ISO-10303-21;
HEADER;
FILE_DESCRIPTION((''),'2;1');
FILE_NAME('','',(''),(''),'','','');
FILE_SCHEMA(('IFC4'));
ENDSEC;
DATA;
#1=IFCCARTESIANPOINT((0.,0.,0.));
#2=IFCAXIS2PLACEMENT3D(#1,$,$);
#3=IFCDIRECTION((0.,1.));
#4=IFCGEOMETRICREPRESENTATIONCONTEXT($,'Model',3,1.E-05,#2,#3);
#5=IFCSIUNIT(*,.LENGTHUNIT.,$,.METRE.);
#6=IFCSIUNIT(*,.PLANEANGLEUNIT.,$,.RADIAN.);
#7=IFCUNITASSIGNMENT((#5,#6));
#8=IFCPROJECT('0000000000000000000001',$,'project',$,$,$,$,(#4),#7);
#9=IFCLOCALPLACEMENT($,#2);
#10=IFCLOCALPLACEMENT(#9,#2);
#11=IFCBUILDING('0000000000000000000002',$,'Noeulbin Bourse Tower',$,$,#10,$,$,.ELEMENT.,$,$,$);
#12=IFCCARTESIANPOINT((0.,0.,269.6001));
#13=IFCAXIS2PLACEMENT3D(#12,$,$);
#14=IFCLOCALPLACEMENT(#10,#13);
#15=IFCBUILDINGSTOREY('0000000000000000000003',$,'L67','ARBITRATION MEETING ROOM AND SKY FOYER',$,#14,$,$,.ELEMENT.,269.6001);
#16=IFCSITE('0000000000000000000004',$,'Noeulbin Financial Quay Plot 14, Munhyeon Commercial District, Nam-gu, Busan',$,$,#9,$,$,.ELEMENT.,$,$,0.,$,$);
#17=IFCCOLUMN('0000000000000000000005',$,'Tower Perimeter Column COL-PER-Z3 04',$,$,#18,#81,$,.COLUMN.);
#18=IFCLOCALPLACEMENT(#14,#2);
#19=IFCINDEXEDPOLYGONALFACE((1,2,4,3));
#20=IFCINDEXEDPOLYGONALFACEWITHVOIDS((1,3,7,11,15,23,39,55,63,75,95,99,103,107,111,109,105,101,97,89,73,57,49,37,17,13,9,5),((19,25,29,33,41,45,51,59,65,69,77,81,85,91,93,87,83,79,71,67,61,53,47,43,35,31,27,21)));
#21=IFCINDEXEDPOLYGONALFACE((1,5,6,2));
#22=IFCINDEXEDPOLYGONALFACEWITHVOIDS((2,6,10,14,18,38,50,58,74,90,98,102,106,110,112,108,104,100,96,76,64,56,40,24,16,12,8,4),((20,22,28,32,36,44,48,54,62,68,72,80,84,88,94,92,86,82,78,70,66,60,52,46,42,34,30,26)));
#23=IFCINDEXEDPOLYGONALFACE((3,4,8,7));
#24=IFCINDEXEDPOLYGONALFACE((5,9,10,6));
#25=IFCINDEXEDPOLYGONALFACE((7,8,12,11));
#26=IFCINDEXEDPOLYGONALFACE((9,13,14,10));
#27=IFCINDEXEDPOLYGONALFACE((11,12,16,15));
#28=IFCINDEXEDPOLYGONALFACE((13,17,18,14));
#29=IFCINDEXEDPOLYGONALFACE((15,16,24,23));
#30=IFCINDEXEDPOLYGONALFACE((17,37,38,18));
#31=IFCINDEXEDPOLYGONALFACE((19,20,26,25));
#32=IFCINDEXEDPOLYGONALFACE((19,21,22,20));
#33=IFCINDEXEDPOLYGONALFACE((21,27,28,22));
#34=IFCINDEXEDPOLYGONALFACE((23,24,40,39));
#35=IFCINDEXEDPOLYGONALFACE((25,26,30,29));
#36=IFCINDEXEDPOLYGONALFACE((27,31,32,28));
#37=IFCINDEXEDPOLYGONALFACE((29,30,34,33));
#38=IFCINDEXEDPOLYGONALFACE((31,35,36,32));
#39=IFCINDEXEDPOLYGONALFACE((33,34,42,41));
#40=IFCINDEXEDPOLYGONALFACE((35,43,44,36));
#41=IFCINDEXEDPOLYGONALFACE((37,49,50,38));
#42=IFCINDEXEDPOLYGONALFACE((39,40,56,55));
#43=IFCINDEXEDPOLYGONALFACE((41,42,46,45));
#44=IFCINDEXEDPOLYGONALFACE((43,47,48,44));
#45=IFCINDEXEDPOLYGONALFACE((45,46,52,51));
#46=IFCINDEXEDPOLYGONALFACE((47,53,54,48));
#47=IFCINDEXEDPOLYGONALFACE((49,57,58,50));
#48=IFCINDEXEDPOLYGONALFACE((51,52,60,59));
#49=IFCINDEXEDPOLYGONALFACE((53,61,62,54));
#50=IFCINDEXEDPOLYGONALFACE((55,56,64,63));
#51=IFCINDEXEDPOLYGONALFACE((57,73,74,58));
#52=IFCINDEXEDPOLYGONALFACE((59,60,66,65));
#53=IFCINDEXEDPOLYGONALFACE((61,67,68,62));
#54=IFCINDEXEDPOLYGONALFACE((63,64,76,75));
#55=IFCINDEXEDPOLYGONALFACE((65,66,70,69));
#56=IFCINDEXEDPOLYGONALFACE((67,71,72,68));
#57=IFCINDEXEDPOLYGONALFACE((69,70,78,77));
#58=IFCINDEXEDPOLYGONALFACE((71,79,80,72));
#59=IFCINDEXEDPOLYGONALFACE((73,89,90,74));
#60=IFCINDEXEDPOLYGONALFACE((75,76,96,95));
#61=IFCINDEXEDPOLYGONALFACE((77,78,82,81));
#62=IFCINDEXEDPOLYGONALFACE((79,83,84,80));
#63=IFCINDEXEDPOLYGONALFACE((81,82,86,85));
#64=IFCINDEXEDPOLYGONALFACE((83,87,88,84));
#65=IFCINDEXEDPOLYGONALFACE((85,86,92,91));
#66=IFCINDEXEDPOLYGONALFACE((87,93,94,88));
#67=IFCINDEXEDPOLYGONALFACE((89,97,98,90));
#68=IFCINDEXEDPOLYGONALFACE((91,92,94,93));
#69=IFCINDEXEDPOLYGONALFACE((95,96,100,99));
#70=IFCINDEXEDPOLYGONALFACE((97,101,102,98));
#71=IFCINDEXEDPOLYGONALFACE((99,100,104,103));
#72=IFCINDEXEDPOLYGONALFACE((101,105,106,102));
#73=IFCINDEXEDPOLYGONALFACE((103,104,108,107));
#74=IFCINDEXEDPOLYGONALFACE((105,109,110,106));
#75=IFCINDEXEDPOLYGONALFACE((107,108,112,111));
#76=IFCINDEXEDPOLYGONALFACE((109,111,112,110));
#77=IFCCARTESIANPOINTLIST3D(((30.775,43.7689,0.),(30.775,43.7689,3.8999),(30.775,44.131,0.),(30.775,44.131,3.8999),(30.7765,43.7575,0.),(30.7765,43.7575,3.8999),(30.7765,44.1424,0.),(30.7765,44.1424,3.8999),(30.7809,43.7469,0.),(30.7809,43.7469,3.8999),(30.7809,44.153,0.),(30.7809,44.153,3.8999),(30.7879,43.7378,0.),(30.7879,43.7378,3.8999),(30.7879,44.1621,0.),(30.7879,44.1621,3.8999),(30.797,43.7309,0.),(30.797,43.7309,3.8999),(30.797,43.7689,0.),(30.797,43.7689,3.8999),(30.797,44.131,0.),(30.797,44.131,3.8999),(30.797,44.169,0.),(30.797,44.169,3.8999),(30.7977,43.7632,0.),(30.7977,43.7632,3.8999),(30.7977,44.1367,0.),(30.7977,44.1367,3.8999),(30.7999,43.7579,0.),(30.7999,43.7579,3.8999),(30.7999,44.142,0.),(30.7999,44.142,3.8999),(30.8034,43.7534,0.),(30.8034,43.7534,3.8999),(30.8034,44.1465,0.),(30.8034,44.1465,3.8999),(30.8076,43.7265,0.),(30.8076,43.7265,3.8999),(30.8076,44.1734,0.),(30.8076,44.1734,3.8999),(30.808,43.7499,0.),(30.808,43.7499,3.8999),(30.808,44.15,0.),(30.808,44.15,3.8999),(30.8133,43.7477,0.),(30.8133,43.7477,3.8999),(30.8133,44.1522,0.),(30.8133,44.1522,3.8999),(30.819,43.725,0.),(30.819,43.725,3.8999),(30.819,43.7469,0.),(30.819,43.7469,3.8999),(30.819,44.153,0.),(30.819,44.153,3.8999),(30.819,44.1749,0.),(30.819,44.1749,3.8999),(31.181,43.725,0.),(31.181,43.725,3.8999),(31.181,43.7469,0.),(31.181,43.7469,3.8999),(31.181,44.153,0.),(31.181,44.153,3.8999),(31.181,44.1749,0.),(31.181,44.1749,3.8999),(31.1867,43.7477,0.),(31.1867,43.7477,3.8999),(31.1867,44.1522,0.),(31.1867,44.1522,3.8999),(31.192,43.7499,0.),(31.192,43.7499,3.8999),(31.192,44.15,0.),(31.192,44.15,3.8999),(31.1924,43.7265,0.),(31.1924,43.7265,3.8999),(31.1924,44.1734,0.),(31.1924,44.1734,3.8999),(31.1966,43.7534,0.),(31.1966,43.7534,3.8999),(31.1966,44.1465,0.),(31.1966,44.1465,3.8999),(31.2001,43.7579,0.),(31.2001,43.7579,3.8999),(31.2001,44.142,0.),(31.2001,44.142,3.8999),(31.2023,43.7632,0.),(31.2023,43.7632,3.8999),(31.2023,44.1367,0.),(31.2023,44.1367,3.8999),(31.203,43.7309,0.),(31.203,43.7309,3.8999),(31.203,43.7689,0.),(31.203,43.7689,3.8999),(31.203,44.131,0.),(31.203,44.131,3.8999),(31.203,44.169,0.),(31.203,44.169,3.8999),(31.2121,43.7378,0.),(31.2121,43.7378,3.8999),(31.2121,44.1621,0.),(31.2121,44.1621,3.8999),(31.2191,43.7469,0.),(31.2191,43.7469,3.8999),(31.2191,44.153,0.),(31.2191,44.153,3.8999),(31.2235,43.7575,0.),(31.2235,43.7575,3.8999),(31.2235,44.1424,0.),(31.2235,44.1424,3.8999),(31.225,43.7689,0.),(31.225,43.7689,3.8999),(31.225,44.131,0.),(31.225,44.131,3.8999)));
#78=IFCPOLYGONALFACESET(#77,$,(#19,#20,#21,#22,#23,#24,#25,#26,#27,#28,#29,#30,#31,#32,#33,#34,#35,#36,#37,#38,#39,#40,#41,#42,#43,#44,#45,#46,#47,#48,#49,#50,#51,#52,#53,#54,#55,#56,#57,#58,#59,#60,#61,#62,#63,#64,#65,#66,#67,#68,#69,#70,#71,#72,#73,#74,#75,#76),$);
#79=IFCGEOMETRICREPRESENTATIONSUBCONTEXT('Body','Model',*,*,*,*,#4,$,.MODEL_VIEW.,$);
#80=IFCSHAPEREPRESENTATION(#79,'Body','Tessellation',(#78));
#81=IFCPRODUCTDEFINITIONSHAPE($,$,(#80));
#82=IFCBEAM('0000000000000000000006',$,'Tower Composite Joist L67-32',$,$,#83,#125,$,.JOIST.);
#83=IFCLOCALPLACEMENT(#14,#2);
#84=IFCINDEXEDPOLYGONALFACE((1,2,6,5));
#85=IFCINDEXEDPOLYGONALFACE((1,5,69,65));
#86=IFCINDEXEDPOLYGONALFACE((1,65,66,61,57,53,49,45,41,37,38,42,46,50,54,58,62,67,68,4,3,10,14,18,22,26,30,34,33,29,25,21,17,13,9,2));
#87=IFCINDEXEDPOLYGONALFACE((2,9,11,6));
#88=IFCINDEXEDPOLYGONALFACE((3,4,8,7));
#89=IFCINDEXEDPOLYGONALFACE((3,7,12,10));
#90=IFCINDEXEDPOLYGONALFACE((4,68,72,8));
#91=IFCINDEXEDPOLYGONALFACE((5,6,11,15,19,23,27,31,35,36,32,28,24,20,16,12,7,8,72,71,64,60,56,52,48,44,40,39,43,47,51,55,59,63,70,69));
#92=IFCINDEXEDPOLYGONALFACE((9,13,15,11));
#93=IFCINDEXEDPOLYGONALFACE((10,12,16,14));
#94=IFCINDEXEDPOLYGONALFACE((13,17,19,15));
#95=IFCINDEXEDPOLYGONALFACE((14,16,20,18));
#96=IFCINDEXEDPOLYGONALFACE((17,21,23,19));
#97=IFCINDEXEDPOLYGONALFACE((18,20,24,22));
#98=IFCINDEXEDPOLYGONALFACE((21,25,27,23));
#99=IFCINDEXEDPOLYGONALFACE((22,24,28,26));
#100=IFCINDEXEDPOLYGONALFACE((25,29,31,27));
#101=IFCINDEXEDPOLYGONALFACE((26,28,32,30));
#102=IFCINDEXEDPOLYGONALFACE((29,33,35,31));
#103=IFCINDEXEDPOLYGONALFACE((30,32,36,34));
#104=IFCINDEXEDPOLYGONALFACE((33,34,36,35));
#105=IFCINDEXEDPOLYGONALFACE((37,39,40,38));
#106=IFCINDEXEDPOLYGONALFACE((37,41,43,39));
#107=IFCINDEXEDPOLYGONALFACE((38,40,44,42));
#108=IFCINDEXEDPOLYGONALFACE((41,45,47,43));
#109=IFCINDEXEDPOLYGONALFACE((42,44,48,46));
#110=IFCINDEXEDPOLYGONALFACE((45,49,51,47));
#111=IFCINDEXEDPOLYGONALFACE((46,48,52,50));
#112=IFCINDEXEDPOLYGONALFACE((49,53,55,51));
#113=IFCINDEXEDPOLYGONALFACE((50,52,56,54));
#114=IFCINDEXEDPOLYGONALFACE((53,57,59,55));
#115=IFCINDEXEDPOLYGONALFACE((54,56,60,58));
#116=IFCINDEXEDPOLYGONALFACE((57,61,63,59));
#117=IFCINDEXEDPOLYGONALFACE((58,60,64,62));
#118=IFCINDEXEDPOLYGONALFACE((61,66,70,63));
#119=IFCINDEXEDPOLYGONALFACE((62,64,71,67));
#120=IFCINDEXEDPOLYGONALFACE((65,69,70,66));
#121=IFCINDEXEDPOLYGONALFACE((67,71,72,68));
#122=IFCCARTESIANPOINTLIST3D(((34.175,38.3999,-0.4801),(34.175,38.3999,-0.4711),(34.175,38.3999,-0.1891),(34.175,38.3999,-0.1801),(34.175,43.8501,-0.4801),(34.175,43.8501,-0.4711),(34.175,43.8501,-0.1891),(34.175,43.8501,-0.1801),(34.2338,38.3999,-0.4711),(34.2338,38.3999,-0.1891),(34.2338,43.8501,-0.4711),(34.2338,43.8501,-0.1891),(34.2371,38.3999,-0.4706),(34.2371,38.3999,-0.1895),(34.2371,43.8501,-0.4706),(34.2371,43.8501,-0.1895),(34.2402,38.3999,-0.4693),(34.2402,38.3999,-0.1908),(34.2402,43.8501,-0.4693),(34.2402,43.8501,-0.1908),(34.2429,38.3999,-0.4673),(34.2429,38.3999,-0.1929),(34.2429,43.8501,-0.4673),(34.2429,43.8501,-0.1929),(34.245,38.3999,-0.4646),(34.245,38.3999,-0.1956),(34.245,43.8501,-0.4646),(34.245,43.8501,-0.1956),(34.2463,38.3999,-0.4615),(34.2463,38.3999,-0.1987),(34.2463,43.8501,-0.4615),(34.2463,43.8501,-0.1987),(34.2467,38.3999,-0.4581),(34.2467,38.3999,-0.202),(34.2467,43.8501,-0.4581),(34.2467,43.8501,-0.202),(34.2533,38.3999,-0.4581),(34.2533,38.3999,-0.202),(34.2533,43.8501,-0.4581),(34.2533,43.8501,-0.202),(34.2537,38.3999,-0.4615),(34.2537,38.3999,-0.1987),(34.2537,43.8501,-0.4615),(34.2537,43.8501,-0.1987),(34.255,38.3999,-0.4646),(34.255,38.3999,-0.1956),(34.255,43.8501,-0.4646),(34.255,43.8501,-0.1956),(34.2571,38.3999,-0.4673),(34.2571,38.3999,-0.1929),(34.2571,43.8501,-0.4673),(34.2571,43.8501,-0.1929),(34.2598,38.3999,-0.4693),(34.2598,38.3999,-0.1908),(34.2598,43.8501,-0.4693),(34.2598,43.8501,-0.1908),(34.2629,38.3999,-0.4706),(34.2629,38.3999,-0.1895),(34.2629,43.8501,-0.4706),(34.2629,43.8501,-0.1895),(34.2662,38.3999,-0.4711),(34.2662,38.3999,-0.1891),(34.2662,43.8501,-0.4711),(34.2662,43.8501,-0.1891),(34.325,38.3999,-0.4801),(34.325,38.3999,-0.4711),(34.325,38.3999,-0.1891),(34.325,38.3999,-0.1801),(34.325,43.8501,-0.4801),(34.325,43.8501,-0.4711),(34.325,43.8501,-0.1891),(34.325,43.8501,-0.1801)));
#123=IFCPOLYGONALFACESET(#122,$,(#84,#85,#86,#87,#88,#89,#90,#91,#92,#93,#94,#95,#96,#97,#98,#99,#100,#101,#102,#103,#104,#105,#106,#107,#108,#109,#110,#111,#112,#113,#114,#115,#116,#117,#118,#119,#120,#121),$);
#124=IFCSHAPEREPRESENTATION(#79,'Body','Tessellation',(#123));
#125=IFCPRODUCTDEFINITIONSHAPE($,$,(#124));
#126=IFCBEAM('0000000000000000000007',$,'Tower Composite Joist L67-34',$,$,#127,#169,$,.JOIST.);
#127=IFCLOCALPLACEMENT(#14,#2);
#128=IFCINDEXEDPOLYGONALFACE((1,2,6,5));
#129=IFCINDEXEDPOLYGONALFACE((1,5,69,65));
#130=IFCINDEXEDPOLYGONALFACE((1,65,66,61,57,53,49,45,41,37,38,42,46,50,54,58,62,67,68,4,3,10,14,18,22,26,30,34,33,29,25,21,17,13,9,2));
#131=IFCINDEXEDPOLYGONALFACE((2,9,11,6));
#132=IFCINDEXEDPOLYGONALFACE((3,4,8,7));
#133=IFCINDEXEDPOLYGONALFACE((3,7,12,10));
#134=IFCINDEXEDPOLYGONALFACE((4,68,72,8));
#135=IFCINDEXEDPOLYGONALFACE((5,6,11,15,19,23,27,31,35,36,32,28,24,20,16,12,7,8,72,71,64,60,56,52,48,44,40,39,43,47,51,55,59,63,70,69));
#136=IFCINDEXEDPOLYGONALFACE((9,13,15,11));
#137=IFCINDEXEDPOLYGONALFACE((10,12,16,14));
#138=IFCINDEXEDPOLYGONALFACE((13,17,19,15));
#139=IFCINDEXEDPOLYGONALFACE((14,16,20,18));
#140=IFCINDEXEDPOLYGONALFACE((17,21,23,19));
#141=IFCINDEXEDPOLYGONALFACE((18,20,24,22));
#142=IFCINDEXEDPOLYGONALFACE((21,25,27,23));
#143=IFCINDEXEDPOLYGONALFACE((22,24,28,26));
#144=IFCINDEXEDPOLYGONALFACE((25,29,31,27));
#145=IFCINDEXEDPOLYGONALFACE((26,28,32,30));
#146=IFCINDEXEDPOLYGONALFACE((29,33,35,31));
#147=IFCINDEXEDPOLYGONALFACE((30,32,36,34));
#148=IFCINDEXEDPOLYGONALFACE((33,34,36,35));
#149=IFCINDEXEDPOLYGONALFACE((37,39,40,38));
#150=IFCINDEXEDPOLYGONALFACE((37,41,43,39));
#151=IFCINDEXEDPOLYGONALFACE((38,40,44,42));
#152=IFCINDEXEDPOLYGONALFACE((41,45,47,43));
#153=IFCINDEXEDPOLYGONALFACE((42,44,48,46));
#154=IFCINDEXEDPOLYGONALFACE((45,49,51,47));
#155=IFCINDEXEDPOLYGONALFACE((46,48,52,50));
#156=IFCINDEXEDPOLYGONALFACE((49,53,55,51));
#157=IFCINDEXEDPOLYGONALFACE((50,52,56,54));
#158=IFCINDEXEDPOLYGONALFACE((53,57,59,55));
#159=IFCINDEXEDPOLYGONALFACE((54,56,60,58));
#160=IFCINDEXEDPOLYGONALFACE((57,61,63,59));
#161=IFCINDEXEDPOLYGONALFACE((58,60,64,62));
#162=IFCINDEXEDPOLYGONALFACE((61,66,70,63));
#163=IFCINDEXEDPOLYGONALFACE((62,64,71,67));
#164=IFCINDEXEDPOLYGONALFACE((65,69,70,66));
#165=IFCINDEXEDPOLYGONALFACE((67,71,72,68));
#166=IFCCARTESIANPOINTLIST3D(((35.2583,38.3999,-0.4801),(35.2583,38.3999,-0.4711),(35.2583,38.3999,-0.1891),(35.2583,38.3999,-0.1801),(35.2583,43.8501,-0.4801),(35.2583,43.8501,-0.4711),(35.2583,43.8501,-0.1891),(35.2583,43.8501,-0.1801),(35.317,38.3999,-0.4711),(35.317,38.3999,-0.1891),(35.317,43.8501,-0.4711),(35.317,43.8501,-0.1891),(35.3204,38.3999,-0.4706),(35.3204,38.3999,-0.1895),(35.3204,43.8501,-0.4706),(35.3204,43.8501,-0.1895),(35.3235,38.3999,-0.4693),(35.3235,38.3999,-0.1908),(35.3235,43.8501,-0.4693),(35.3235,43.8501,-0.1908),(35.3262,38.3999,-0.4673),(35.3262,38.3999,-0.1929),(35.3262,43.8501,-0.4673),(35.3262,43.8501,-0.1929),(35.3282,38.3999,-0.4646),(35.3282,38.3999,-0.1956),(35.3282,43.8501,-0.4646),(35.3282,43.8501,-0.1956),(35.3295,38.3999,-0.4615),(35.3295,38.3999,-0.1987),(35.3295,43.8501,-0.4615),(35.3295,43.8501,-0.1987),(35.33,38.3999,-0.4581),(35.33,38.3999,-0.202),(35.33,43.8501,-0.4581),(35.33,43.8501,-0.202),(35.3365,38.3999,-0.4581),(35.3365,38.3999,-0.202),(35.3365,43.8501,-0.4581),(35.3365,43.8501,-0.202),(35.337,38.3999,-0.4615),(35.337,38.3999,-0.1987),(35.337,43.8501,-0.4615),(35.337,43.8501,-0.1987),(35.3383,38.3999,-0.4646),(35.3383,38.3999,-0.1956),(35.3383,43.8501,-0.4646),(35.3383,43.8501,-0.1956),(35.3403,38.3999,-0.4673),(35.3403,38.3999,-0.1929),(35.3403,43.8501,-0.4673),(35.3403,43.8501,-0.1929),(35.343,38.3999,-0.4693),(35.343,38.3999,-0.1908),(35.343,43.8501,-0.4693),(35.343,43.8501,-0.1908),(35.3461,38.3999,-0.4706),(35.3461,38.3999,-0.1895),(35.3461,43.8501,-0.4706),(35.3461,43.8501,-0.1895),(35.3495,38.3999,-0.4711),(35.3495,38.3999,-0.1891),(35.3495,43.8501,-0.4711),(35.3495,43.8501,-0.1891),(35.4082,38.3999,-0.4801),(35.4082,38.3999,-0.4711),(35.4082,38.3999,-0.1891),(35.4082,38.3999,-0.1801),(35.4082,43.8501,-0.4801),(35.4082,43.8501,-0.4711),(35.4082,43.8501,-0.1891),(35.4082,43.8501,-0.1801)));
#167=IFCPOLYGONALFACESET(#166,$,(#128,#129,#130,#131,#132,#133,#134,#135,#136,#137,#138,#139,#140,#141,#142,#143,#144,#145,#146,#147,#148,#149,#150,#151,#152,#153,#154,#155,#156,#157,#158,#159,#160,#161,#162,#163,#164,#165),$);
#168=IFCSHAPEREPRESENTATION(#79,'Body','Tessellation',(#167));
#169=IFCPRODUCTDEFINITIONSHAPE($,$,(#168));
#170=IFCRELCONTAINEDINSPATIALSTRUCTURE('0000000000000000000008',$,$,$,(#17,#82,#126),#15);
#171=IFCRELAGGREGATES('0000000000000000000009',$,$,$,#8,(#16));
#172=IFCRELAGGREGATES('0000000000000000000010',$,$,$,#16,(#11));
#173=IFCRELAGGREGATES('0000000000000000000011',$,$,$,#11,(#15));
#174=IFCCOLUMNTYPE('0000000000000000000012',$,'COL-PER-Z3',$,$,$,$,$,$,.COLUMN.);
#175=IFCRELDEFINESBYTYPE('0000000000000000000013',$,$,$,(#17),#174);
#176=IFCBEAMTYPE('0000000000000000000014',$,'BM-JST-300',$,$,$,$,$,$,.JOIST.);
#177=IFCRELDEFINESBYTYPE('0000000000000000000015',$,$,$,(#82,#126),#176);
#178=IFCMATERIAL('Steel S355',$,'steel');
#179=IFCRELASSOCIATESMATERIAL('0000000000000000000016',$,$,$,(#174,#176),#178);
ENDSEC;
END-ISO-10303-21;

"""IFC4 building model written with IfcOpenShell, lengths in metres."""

from ifc_helpers import new_model, si_unit, direction, frame, origin, origin_2d, place, context, subcontext, project, spatial, hollow_rectangle, i_section, extrude, material, material_profile, profile_set, type_object, element, save


model = new_model("IFC4")

# Units and contexts
model_context = context("Model", 3, precision=1e-05, world=origin(), true_north=direction((0.0, 1.0)))
body_context = subcontext(model_context, "Body", "Model", "MODEL_VIEW")
ifc_project = project(units=[si_unit("LENGTHUNIT", "METRE"), si_unit("PLANEANGLEUNIT", "RADIAN")], contexts=[model_context])

# Site, building, storey
site_placement = place(None, origin())
site = spatial("IfcSite", under=ifc_project, at=site_placement, Name="Noeulbin Financial Quay Plot 14, Munhyeon Commercial District, Nam-gu, Busan", CompositionType="ELEMENT", RefElevation=0.0)
building_placement = place(site_placement, origin())
building = spatial("IfcBuilding", under=site, at=building_placement, Name="Noeulbin Bourse Tower", CompositionType="ELEMENT")
storey_placement = place(building_placement, frame((0.0, 0.0, 269.6001)))
storey = spatial("IfcBuildingStorey", under=building, at=storey_placement, Name="L67", Description="ARBITRATION MEETING ROOM AND SKY FOYER", CompositionType="ELEMENT", Elevation=269.6001)

# Column
ifc_material_1 = material(Name="Steel S355", Category="steel")
ifc_material_profile_1 = material_profile(ifc_material_1, hollow_rectangle(XDim=0.45, YDim=0.45, WallThickness=0.022, InnerFilletRadius=0.022, OuterFilletRadius=0.0439, at=origin_2d()), Name="SHS-450x450x22", Category="LoadBearing")
ifc_profile_set_1 = profile_set([ifc_material_profile_1], Name="Steel S355")
column_type = type_object("IfcColumnType", Name="COL-PER-Z3", PredefinedType="COLUMN", material=ifc_profile_set_1)
column_placement = place(storey_placement, frame((31.0, 43.95, 0.0), z_axis=(0.0, 0.0, 1.0), x_axis=(1.0, 0.0, 0.0)))
element("IfcColumn", 1, at=column_placement, inside=storey, type_object=column_type, Name="Tower Perimeter Column COL-PER-Z3 04", PredefinedType="COLUMN", context=body_context, shape_type="SweptSolid", body=[
    extrude(hollow_rectangle(XDim=0.45, YDim=0.45, WallThickness=0.022, InnerFilletRadius=0.022, OuterFilletRadius=0.0439, at=origin_2d()), origin(), (0.0, 0.0, 1.0), 3.8999),
])

# Beams
ifc_material_profile_2 = material_profile(ifc_material_1, i_section(OverallWidth=0.1499, OverallDepth=0.3, WebThickness=0.0066, FlangeThickness=0.009, FilletRadius=0.0129, at=origin_2d()), Name="H-300x150x6.5x9", Category="LoadBearing")
ifc_profile_set_2 = profile_set([ifc_material_profile_2], Name="Steel S355")
beam_type_1 = type_object("IfcBeamType", Name="BM-JST-300", PredefinedType="JOIST", material=ifc_profile_set_2)
for number, where, z_axis, x_axis, name in (
    (2, (34.25, 38.3999, -0.3301), (0.0, 1.0, 0.0), (-1.0, 0.0, 0.0), "Tower Composite Joist L67-32"),
    (3, (35.3333, 38.3999, -0.3301), (0.0, 1.0, 0.0), (-1.0, 0.0, 0.0), "Tower Composite Joist L67-34"),
):
    element("IfcBeam", number, at=place(storey_placement, frame(where, z_axis=z_axis, x_axis=x_axis)), inside=storey, type_object=beam_type_1, Name=name, PredefinedType="JOIST", context=body_context, shape_type="SweptSolid", body=[
        extrude(i_section(OverallWidth=0.1499, OverallDepth=0.3, WebThickness=0.0066, FlangeThickness=0.009, FilletRadius=0.0129, at=origin_2d()), origin(), (0.0, 0.0, 1.0), 5.4502),
    ])

save(model, "model.ifc")
